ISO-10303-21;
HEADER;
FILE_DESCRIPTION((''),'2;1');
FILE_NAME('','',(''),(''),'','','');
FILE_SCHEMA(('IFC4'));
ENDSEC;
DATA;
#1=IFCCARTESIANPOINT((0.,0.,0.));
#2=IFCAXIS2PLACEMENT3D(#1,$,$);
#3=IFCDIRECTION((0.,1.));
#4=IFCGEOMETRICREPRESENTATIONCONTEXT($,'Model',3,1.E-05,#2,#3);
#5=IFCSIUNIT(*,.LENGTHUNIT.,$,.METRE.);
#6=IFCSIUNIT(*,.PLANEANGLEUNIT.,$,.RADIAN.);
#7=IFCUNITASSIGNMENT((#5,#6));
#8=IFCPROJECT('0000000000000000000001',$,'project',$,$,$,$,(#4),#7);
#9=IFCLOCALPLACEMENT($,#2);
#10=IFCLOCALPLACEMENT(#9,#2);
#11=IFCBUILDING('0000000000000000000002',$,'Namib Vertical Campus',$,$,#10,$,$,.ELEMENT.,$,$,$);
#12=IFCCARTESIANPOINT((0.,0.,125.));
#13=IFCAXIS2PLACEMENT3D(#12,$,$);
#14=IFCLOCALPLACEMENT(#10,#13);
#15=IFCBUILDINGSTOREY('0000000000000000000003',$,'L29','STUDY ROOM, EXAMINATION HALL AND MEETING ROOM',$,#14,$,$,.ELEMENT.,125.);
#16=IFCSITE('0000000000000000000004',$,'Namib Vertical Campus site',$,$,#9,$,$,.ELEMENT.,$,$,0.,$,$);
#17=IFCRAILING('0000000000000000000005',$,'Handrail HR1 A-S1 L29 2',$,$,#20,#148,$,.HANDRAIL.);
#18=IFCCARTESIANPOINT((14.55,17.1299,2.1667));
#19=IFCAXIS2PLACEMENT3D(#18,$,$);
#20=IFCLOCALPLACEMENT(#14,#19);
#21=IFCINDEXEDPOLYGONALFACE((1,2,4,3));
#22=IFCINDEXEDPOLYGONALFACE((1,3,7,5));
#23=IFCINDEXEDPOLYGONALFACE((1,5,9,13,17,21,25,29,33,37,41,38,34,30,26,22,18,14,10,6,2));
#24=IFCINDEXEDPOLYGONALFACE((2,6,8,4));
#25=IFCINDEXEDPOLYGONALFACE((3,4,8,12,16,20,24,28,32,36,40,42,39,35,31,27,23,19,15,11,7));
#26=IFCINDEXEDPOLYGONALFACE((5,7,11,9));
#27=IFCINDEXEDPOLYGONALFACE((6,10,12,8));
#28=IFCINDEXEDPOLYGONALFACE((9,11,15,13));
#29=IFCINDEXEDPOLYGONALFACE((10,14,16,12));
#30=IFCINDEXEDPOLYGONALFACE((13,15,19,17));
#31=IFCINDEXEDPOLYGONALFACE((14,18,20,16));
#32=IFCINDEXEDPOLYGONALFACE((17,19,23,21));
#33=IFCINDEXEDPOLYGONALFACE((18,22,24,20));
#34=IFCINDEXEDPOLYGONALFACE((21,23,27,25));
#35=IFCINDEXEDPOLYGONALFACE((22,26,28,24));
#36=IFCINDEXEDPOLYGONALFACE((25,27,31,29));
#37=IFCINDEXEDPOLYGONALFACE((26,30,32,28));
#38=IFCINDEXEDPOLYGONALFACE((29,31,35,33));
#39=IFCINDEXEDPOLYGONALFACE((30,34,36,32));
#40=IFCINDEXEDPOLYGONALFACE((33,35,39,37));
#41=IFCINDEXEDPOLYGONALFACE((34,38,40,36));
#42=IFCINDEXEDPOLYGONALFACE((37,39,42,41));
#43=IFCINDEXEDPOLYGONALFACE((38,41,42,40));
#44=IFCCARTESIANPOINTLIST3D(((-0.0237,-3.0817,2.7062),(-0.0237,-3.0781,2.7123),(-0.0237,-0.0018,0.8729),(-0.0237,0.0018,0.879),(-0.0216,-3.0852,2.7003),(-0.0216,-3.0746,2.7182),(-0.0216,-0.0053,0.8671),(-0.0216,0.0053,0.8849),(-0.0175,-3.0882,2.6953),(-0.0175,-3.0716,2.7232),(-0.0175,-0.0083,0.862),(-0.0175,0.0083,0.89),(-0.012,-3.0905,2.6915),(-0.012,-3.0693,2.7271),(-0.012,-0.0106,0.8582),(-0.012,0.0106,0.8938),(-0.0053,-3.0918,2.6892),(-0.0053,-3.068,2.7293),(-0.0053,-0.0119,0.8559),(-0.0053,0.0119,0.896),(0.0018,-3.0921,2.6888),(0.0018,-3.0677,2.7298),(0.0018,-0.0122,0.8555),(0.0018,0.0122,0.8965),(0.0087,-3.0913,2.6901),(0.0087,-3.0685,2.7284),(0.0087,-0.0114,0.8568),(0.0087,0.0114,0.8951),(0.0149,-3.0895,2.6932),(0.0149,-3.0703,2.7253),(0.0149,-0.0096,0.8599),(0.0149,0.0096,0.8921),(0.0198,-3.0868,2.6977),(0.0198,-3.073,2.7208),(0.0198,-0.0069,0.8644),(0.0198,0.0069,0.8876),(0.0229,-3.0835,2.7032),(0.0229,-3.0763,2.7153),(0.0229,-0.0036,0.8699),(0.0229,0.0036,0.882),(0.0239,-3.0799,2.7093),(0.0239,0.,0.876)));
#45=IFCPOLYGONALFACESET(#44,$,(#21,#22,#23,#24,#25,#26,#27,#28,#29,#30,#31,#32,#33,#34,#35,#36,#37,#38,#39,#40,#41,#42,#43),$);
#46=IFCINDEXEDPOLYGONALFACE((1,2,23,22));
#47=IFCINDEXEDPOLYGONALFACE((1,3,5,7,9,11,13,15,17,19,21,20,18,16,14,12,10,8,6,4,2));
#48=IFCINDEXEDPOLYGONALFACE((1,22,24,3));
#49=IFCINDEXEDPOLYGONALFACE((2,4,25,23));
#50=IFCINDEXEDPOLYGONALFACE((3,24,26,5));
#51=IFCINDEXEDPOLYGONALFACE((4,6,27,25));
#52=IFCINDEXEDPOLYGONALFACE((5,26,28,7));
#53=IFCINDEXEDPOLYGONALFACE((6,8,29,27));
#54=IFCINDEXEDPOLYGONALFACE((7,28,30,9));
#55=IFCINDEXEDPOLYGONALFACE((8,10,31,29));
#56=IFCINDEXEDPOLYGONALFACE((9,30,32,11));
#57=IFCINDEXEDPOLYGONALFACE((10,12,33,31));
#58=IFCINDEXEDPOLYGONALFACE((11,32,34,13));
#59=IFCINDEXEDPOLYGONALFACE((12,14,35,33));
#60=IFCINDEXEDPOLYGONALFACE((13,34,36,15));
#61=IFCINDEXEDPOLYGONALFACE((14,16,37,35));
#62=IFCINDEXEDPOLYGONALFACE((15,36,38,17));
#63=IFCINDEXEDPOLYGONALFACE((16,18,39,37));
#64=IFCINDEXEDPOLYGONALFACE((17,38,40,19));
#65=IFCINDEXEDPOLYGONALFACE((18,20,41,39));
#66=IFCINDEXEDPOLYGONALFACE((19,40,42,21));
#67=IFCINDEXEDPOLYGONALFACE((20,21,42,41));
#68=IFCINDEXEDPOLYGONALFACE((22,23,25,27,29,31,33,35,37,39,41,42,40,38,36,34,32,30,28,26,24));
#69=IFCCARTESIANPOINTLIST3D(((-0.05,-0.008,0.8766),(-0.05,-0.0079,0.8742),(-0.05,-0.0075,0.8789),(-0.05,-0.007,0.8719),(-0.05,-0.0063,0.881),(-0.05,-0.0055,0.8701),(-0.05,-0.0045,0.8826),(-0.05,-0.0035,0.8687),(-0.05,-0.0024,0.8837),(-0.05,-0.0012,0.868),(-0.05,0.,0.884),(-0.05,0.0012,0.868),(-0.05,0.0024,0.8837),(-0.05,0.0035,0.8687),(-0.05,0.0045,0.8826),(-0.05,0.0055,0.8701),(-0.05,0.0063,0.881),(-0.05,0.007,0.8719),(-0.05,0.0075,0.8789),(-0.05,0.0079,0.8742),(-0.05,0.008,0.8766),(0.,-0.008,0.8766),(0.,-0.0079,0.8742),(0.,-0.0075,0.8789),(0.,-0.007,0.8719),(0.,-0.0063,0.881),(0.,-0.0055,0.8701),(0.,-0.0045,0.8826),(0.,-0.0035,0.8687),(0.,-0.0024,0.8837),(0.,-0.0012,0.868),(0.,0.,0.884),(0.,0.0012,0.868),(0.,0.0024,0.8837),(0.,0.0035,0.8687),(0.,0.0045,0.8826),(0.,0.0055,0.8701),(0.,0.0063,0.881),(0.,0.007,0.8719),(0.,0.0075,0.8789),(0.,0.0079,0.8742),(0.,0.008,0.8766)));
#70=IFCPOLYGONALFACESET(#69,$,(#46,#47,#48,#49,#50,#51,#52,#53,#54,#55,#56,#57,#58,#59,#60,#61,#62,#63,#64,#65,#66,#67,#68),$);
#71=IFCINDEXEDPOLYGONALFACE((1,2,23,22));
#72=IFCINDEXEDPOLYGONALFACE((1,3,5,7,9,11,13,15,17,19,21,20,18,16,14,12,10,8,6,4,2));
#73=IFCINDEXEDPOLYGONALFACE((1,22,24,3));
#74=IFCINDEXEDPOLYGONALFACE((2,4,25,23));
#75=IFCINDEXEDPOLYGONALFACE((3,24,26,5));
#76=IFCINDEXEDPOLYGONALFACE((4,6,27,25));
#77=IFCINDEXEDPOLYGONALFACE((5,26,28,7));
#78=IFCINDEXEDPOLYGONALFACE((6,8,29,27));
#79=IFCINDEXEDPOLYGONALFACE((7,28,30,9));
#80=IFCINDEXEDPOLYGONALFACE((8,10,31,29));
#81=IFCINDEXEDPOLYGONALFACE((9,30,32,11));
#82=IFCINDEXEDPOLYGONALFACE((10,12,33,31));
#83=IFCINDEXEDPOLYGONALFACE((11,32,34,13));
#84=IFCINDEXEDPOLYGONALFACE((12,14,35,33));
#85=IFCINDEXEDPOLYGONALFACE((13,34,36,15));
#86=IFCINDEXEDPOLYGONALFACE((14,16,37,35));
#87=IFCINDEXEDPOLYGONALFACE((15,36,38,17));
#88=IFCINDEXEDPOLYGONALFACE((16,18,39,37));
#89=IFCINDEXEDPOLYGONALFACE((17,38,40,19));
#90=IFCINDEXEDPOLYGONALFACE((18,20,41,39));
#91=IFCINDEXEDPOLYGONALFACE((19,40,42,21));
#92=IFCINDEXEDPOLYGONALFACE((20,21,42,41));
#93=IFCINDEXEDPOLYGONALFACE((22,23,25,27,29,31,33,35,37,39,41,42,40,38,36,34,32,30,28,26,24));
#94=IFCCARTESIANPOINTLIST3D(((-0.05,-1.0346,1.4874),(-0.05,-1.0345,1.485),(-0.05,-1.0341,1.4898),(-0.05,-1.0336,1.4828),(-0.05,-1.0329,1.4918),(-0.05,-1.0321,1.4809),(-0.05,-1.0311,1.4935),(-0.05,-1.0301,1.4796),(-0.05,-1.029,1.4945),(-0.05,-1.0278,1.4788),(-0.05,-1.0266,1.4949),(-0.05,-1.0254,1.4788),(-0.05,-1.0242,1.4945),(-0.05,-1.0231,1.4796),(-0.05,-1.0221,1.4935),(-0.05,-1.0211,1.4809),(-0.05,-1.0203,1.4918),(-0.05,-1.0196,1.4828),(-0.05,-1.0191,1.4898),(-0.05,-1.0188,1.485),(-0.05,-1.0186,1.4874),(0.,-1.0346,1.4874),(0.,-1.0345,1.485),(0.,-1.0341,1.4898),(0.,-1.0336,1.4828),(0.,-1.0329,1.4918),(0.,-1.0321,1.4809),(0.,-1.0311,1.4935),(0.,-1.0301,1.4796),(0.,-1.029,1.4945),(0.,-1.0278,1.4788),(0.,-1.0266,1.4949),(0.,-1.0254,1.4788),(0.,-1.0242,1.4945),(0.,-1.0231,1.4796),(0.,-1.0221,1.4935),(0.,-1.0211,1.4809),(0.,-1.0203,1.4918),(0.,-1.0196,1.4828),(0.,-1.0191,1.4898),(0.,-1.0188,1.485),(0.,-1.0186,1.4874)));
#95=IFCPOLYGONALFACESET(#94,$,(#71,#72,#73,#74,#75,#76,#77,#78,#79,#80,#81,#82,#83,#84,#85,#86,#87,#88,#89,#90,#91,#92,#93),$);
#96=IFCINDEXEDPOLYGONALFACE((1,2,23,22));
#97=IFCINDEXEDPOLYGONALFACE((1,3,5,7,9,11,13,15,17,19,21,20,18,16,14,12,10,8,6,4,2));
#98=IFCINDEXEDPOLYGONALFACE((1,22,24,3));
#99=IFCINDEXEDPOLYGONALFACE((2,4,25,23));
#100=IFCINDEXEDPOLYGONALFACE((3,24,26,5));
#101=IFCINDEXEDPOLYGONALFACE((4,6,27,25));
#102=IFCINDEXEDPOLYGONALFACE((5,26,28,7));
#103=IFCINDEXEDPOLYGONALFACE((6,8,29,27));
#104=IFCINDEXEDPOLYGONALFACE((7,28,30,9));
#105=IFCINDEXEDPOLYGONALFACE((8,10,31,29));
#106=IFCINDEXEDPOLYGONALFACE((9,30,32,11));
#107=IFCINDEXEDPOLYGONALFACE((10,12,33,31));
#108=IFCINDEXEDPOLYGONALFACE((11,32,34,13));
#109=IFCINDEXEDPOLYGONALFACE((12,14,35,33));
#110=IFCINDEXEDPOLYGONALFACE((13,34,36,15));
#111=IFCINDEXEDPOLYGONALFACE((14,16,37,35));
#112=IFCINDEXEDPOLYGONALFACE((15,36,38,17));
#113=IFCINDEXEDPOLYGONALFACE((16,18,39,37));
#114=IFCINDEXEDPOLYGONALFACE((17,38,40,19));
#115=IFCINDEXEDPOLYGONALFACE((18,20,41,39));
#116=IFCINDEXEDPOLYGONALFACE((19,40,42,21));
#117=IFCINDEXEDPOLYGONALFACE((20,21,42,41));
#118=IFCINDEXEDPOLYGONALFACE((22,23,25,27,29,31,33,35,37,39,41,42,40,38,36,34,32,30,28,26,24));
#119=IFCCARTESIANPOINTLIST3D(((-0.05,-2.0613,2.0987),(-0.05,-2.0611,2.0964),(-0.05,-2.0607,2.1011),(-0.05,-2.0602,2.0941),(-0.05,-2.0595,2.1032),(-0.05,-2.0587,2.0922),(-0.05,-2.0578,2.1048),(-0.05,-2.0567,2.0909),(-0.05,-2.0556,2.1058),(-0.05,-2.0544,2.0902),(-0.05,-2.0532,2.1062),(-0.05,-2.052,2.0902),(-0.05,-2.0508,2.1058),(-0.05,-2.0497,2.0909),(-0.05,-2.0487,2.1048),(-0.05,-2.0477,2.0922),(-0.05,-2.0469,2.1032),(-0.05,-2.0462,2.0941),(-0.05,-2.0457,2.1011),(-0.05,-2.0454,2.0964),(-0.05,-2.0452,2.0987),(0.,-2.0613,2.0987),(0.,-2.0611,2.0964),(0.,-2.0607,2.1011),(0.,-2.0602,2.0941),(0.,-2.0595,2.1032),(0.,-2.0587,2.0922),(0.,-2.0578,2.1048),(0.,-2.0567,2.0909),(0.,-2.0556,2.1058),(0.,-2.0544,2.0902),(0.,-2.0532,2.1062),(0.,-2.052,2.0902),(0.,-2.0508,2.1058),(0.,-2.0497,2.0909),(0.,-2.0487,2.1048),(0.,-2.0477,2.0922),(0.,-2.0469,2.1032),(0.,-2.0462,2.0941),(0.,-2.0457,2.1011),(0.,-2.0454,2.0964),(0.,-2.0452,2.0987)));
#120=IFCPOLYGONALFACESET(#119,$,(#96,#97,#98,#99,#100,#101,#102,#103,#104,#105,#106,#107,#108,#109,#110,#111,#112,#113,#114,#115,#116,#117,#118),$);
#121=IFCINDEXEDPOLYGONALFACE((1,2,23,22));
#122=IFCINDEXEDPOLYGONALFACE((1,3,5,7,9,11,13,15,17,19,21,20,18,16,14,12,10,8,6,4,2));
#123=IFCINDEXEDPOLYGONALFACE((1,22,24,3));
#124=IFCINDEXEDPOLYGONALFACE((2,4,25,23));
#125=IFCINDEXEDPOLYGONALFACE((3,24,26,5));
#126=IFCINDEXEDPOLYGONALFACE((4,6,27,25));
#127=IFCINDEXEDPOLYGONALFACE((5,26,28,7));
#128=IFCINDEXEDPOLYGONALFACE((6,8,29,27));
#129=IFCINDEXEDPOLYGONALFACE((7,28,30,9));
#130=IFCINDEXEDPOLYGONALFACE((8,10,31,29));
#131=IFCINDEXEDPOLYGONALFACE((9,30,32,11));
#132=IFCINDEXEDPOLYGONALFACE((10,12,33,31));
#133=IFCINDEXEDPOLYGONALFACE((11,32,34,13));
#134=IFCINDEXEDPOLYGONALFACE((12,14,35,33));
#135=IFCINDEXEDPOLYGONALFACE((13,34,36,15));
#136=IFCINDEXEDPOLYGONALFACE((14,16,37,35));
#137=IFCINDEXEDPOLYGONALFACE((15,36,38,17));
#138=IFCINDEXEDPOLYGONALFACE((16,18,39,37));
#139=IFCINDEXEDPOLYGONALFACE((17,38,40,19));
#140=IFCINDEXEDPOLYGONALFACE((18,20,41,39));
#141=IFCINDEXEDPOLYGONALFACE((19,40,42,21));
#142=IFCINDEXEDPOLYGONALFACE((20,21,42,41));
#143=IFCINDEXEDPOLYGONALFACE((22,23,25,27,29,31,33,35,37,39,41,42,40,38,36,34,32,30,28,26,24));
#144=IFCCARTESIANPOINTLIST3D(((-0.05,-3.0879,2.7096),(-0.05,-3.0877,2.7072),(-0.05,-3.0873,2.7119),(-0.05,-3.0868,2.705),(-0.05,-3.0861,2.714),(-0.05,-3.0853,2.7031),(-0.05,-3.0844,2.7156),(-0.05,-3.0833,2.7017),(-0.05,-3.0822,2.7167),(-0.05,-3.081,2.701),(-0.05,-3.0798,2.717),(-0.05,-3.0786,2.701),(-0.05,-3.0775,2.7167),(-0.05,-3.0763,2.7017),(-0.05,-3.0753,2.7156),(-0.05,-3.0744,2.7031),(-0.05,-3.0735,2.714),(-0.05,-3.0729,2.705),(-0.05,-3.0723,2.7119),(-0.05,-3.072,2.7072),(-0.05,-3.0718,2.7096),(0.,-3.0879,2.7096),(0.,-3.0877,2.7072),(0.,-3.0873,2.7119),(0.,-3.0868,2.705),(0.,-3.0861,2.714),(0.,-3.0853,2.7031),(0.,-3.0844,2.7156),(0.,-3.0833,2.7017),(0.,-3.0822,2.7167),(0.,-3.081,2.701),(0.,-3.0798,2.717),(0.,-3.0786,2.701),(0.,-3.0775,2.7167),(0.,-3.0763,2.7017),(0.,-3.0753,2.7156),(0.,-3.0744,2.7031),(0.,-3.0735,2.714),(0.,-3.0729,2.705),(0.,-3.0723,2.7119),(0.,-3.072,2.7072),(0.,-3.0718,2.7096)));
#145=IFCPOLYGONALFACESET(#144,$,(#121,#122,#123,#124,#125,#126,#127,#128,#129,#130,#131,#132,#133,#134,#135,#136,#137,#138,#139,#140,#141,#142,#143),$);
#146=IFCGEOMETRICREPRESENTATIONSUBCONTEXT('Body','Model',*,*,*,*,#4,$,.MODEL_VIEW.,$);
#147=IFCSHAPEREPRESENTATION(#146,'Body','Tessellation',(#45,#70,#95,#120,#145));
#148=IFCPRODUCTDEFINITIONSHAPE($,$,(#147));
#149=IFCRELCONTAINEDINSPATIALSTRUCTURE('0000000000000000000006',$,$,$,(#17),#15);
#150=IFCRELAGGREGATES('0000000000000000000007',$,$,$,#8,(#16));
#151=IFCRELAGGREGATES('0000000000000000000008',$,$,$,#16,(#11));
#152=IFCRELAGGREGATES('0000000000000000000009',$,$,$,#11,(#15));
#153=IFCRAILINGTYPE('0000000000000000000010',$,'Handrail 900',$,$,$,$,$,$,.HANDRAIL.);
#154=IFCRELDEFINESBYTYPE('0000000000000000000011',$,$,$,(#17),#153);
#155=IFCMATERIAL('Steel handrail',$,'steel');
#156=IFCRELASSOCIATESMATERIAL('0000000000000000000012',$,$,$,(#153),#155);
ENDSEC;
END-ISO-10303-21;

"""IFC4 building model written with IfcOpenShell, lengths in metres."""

from ifc_helpers import new_model, si_unit, direction, frame, origin, origin_2d, place, context, subcontext, project, spatial, circle, extrude, material, type_object, element, save


model = new_model("IFC4")

# Units and contexts
model_context = context("Model", 3, precision=1e-05, world=origin(), true_north=direction((0.0, 1.0)))
body_context = subcontext(model_context, "Body", "Model", "MODEL_VIEW")
ifc_project = project(units=[si_unit("LENGTHUNIT", "METRE"), si_unit("PLANEANGLEUNIT", "RADIAN")], contexts=[model_context])

# Site, building, storey
site_placement = place(None, origin())
site = spatial("IfcSite", under=ifc_project, at=site_placement, Name="Namib Vertical Campus site", CompositionType="ELEMENT", RefElevation=0.0)
building_placement = place(site_placement, origin())
building = spatial("IfcBuilding", under=site, at=building_placement, Name="Namib Vertical Campus", CompositionType="ELEMENT")
storey_placement = place(building_placement, frame((0.0, 0.0, 125.0)))
storey = spatial("IfcBuildingStorey", under=building, at=storey_placement, Name="L29", Description="STUDY ROOM, EXAMINATION HALL AND MEETING ROOM", CompositionType="ELEMENT", Elevation=125.0)

# Railing
ifc_material_1 = material(Name="Steel handrail", Category="steel")
railing_type_1 = type_object("IfcRailingType", Name="Handrail 900", PredefinedType="HANDRAIL", material=ifc_material_1)
railing_1_placement = place(storey_placement, frame((14.55, 17.1299, 2.1667)))
element("IfcRailing", 1, at=railing_1_placement, inside=storey, type_object=railing_type_1, Name="Handrail HR1 A-S1 L29 2", PredefinedType="HANDRAIL", context=body_context, shape_type="SweptSolid", body=[
    extrude(circle(Radius=0.0239, at=origin_2d()), frame((0.0, 0.0, 0.876), z_axis=(0.0, -0.859291, 0.511487), x_axis=(1.0, 0.0, 0.0)), (0.0, 0.0, 1.0), 3.5842),
    extrude(circle(Radius=0.0081, at=origin_2d()), frame((0.0, 0.0, 0.876), z_axis=(-1.0, 0.0, 0.0), x_axis=(0.0, 0.0, 1.0)), (0.0, 0.0, 1.0), 0.05),
    extrude(circle(Radius=0.0081, at=origin_2d()), frame((0.0, -1.0266, 1.4868), z_axis=(-1.0, 0.0, 0.0), x_axis=(0.0, 0.0, 1.0)), (0.0, 0.0, 1.0), 0.05),
    extrude(circle(Radius=0.0081, at=origin_2d()), frame((0.0, -2.0532, 2.0981), z_axis=(-1.0, 0.0, 0.0), x_axis=(0.0, 0.0, 1.0)), (0.0, 0.0, 1.0), 0.05),
    extrude(circle(Radius=0.0081, at=origin_2d()), frame((0.0, -3.0798, 2.709), z_axis=(-1.0, 0.0, 0.0), x_axis=(0.0, 0.0, 1.0)), (0.0, 0.0, 1.0), 0.05),
])

save(model, "model.ifc")
